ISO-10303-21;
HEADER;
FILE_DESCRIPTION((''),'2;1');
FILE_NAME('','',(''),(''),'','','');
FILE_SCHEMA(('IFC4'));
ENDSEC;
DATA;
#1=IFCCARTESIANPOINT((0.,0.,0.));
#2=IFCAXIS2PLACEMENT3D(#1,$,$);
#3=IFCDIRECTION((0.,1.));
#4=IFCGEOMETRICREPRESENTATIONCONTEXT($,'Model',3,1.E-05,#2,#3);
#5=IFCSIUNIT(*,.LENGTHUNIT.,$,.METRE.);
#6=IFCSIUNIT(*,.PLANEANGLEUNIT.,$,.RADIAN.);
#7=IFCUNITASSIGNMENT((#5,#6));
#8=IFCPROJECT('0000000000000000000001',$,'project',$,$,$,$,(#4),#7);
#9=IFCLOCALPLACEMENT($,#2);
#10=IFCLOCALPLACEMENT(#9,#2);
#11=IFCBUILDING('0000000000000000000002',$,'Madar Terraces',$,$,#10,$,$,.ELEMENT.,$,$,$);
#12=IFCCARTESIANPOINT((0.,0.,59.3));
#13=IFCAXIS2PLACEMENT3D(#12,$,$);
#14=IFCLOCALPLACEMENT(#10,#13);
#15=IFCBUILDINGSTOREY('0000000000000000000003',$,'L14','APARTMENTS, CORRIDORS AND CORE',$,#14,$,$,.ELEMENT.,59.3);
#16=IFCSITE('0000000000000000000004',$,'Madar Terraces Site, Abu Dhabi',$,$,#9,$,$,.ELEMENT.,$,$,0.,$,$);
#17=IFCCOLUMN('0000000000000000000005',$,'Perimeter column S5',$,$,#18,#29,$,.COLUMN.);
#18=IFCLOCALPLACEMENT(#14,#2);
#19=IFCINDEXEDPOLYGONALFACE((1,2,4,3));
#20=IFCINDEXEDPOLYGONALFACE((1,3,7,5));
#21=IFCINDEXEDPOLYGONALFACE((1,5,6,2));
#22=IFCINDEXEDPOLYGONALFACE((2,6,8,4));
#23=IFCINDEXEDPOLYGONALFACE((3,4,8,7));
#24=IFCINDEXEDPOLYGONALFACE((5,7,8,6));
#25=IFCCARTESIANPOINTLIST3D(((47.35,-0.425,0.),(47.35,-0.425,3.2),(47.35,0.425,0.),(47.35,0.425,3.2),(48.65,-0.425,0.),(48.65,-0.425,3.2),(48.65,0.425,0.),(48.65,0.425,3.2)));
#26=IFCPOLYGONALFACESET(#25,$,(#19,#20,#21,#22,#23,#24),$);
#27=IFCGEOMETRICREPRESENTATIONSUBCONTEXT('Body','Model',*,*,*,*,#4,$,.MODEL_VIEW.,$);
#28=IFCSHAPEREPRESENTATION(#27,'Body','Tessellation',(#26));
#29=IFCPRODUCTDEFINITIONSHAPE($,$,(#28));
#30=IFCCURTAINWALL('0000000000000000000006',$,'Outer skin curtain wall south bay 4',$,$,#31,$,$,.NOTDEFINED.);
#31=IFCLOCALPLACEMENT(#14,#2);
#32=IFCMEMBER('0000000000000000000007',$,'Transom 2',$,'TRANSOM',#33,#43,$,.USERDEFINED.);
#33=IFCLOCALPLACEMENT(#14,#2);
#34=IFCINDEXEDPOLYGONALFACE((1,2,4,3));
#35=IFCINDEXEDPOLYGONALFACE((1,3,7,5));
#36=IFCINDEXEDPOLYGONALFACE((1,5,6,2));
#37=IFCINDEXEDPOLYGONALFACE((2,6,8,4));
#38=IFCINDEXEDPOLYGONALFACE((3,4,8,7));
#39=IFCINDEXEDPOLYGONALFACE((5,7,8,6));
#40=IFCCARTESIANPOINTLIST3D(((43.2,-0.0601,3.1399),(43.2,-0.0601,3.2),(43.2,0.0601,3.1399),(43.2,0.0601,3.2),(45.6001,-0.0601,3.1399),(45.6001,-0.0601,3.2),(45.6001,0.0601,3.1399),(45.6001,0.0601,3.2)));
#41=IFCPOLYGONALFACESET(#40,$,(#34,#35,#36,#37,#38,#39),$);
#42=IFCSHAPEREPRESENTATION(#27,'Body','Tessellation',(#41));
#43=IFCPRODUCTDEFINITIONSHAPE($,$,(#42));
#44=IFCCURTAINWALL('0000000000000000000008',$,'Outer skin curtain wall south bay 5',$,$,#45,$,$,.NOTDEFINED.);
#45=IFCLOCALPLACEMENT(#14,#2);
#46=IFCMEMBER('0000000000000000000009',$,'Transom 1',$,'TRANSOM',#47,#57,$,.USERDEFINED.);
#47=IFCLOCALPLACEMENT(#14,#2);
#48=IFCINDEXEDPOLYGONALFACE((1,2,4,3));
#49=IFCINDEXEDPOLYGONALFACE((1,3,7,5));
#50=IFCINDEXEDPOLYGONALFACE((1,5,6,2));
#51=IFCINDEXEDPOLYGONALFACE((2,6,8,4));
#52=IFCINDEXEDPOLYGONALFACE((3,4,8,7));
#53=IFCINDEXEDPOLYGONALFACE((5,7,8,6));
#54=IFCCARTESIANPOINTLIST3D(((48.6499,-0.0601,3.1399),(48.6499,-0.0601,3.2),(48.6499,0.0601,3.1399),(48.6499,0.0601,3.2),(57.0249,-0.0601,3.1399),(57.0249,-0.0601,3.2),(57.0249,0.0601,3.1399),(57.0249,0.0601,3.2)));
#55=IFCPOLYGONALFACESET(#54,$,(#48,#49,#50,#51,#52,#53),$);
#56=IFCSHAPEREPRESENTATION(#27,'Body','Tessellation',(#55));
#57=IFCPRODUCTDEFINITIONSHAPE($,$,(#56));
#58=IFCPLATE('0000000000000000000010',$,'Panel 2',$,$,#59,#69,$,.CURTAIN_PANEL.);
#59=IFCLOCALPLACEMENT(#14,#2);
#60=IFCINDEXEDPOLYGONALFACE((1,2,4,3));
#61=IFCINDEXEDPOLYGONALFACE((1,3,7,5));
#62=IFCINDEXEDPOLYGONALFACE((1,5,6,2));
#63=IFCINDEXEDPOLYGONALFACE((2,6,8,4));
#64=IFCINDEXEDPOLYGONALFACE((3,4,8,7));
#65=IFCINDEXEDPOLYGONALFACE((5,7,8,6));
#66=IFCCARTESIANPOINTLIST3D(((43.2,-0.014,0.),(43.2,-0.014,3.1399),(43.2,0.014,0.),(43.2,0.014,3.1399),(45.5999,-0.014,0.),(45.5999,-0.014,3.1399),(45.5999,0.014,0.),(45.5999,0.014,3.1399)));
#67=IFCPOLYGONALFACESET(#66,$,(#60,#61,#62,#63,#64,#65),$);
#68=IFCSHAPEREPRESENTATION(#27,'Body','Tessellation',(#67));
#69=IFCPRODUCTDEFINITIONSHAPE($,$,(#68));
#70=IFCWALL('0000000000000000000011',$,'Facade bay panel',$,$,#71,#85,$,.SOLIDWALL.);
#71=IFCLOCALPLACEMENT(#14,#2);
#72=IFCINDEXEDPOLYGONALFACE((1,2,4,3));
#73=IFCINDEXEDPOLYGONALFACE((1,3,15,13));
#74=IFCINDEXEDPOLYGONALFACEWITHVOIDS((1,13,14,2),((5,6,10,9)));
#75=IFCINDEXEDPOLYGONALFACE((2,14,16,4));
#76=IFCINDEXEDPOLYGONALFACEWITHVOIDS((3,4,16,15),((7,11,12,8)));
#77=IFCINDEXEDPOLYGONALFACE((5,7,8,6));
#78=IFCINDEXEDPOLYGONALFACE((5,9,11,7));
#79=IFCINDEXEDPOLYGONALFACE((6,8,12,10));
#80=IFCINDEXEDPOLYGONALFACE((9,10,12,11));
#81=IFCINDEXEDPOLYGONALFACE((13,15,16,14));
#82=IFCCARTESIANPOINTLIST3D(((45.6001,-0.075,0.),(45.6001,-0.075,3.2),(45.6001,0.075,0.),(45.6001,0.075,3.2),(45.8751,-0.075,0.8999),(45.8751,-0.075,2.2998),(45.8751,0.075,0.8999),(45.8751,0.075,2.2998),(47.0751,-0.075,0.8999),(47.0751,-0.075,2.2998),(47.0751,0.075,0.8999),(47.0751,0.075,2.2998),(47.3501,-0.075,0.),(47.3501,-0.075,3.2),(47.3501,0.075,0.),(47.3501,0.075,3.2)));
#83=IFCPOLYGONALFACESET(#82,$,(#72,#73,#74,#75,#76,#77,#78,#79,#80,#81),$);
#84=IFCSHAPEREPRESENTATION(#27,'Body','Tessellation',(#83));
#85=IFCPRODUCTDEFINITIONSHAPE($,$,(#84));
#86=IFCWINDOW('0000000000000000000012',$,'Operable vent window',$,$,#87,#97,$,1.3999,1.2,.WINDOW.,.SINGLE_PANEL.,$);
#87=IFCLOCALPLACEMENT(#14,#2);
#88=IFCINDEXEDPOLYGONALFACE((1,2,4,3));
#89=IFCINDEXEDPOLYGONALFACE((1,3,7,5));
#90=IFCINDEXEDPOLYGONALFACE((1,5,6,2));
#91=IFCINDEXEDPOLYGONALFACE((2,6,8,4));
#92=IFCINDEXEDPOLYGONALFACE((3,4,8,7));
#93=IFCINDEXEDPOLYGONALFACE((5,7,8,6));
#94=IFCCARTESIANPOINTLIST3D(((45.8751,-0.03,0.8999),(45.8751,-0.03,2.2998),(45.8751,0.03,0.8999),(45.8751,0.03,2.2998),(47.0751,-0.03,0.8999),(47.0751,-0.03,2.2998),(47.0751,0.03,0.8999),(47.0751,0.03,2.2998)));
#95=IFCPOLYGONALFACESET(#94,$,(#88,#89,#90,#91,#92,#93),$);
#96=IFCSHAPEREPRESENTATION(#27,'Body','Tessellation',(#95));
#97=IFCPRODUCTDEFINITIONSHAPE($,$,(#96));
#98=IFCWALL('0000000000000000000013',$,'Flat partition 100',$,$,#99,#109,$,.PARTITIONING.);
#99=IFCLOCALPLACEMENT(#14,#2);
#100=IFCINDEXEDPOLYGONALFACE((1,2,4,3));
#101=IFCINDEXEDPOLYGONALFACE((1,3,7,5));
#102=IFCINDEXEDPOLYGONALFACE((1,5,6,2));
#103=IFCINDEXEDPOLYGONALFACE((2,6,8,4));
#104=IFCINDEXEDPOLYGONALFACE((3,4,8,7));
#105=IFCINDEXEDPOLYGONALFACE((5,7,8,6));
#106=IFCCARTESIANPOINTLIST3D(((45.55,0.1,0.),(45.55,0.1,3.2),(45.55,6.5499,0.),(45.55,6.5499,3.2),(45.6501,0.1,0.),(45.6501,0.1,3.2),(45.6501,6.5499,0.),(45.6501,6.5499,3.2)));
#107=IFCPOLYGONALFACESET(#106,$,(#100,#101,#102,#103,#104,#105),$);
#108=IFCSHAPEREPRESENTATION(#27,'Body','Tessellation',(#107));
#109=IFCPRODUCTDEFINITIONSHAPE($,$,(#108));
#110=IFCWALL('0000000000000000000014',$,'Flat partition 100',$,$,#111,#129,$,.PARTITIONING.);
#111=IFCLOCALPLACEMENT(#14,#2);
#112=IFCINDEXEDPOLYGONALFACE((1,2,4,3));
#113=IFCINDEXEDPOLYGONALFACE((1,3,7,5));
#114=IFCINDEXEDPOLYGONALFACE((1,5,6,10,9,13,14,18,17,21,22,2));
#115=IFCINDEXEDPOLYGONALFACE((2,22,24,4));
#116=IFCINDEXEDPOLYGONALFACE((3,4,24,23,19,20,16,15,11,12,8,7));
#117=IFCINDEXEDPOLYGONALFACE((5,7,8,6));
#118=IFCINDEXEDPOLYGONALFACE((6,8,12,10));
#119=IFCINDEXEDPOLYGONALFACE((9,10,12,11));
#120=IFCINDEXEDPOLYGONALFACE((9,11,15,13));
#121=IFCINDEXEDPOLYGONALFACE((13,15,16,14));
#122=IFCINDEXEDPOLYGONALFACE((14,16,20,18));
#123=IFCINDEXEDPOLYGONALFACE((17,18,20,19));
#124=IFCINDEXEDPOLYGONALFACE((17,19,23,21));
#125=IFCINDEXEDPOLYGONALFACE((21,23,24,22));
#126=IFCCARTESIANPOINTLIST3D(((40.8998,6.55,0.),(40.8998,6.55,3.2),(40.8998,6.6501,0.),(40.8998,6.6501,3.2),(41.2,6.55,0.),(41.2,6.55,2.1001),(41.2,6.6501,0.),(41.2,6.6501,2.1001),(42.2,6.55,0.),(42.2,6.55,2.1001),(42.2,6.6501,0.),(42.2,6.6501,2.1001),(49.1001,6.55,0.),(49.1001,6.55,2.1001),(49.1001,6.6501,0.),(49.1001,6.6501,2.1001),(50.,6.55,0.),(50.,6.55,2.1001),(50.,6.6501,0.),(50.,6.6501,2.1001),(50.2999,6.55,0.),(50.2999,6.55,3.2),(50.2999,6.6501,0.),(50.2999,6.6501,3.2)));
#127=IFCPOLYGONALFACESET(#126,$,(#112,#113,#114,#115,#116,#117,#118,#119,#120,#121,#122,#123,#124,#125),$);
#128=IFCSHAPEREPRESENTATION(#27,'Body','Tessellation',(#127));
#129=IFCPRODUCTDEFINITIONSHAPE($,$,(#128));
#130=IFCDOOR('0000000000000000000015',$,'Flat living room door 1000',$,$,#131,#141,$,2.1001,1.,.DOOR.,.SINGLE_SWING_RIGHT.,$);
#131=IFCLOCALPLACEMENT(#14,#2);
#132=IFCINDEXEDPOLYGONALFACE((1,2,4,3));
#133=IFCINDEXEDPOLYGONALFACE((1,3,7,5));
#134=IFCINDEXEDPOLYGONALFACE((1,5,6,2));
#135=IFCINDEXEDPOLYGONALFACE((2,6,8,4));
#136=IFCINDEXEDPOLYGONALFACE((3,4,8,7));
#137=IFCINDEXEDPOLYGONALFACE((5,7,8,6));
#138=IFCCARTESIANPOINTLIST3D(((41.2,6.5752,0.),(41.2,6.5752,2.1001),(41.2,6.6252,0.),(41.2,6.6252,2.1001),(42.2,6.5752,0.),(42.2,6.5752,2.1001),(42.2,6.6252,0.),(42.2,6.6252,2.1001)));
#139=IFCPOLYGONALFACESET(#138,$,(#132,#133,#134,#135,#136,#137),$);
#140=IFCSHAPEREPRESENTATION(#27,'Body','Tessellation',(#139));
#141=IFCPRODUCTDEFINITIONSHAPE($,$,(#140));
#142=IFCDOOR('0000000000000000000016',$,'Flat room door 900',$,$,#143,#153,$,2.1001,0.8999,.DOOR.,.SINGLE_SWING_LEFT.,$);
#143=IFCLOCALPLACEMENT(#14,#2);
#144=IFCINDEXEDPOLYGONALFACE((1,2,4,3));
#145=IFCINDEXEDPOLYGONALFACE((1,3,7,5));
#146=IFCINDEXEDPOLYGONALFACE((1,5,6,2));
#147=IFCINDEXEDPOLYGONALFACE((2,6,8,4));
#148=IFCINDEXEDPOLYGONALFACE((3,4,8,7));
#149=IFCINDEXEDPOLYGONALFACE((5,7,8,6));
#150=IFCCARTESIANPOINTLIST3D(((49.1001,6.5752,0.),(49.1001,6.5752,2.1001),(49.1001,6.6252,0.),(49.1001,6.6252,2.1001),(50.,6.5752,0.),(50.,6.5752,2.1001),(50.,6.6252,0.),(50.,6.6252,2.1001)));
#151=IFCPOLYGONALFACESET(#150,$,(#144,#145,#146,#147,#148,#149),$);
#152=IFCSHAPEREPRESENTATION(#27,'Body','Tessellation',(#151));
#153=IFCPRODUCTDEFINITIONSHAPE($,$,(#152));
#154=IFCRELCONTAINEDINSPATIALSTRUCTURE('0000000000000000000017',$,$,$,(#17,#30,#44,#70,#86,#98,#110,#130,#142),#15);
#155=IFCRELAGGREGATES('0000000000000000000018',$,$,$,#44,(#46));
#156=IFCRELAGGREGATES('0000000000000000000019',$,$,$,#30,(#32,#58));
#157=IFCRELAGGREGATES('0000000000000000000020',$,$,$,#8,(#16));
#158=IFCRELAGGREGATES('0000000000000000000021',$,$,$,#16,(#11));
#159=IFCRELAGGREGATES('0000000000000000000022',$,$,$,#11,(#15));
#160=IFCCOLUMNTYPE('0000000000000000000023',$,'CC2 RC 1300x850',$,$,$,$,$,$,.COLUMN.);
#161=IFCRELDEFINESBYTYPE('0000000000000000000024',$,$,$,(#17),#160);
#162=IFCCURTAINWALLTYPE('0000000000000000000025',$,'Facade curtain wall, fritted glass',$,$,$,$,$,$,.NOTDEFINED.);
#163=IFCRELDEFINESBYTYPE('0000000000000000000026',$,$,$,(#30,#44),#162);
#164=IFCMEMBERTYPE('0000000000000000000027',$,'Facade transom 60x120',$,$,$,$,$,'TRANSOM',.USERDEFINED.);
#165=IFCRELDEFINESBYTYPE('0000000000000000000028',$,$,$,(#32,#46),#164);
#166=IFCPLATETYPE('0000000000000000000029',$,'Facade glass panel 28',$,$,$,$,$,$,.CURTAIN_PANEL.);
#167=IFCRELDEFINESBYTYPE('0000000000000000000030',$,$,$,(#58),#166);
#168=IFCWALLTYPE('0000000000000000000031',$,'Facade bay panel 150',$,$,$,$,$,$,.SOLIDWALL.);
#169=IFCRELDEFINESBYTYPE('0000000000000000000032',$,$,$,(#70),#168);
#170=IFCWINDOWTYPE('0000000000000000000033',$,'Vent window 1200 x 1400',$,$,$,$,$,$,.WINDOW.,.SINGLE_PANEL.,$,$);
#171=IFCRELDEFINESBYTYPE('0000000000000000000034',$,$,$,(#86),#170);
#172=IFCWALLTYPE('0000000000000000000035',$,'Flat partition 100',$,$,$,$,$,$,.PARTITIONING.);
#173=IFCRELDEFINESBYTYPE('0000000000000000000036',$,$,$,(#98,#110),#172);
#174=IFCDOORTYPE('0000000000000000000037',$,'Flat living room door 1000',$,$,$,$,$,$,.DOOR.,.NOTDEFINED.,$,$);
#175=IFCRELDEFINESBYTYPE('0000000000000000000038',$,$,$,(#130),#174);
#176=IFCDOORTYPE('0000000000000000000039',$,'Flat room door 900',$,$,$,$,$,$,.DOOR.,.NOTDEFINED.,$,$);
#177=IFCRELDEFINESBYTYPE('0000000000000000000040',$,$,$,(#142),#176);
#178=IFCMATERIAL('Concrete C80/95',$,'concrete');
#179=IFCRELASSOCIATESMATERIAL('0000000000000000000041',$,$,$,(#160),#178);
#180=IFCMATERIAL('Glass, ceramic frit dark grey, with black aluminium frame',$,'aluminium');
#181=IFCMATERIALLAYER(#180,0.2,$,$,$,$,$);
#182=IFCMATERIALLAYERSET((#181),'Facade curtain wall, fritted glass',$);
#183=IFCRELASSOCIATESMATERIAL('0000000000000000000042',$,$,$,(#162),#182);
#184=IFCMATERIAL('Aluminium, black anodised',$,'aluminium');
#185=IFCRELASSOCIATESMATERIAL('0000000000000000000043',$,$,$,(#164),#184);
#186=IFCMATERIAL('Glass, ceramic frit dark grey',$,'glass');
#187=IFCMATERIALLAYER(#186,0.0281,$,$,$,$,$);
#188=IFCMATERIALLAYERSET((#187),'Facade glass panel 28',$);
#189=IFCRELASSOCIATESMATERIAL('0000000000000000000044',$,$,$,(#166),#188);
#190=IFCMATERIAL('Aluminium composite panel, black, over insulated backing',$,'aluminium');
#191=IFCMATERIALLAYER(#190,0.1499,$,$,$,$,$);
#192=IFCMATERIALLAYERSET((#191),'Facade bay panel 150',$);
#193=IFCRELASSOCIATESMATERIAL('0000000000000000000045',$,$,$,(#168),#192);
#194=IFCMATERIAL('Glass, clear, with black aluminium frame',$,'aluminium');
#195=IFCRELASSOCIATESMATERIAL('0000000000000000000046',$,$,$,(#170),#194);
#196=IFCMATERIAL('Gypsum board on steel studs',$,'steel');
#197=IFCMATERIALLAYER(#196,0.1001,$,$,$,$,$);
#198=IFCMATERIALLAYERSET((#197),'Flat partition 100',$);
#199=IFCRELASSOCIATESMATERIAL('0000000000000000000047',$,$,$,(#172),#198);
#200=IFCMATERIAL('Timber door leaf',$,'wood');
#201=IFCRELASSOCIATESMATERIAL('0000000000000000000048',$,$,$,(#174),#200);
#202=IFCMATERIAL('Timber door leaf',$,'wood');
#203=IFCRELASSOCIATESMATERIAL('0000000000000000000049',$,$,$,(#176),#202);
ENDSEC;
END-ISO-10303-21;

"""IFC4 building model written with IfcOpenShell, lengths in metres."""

from ifc_helpers import new_model, si_unit, direction, frame, frame_2d, origin, origin_2d, place, context, subcontext, project, spatial, rectangle, extrude, material, layer, layer_set, material_profile, profile_set, type_object, element, fill, aggregate, save


model = new_model("IFC4")

# Units and contexts
model_context = context("Model", 3, precision=1e-05, world=origin(), true_north=direction((0.0, 1.0)))
body_context = subcontext(model_context, "Body", "Model", "MODEL_VIEW")
ifc_project = project(units=[si_unit("LENGTHUNIT", "METRE"), si_unit("PLANEANGLEUNIT", "RADIAN")], contexts=[model_context])

# Site, building, storey
site_placement = place(None, origin())
site = spatial("IfcSite", under=ifc_project, at=site_placement, Name="Madar Terraces Site, Abu Dhabi", CompositionType="ELEMENT", RefElevation=0.0)
building_placement = place(site_placement, origin())
building = spatial("IfcBuilding", under=site, at=building_placement, Name="Madar Terraces", CompositionType="ELEMENT")
storey_placement = place(building_placement, frame((0.0, 0.0, 59.3)))
storey = spatial("IfcBuildingStorey", under=building, at=storey_placement, Name="L14", Description="APARTMENTS, CORRIDORS AND CORE", CompositionType="ELEMENT", Elevation=59.3)

# Column
ifc_material_1 = material(Name="Concrete C80/95", Category="concrete")
ifc_material_profile_1 = material_profile(ifc_material_1, rectangle(XDim=1.3, YDim=0.8501, at=origin_2d()), Name="CC2 RC 1300x850")
ifc_profile_set_1 = profile_set([ifc_material_profile_1], Name="Concrete C80/95")
column_type = type_object("IfcColumnType", Name="CC2 RC 1300x850", PredefinedType="COLUMN", material=ifc_profile_set_1)
column_placement = place(storey_placement, frame((48.0, 0.0, 0.0), z_axis=(0.0, 0.0, 1.0), x_axis=(1.0, 0.0, 0.0)))
element("IfcColumn", 1, at=column_placement, inside=storey, type_object=column_type, Name="Perimeter column S5", PredefinedType="COLUMN", context=body_context, shape_type="SweptSolid", body=[
    extrude(rectangle(XDim=1.3, YDim=0.8501, at=origin_2d()), origin(), (0.0, 0.0, 1.0), 3.2),
])

# Curtain walls, members
ifc_material_2 = material(Name="Glass, ceramic frit dark grey, with black aluminium frame", Category="aluminium")
ifc_layer_1 = layer(ifc_material_2, 0.2)
ifc_layer_set_1 = layer_set([ifc_layer_1], Name="Facade curtain wall, fritted glass")
curtain_wall_type = type_object("IfcCurtainWallType", Name="Facade curtain wall, fritted glass", PredefinedType="NOTDEFINED", material=ifc_layer_set_1)
curtain_wall_1_placement = place(storey_placement, origin())
curtain_wall_1 = element("IfcCurtainWall", 2, at=curtain_wall_1_placement, inside=storey, type_object=curtain_wall_type, Name="Outer skin curtain wall south bay 4", PredefinedType="NOTDEFINED")
ifc_material_3 = material(Name="Aluminium, black anodised", Category="aluminium")
ifc_material_profile_2 = material_profile(ifc_material_3, rectangle(XDim=0.1201, YDim=0.0601, at=origin_2d()), Name="Facade transom 60x120")
ifc_profile_set_2 = profile_set([ifc_material_profile_2], Name="Aluminium, black anodised")
member_type = type_object("IfcMemberType", Name="Facade transom 60x120", ElementType="TRANSOM", PredefinedType="USERDEFINED", material=ifc_profile_set_2)
member_1_placement = place(storey_placement, frame((43.2, 0.0, 3.1699), z_axis=(1.0, 0.0, 0.0), x_axis=(0.0, 1.0, 0.0)))
member_1 = element("IfcMember", 3, at=member_1_placement, type_object=member_type, Name="Transom 2", ObjectType="TRANSOM", PredefinedType="USERDEFINED", context=body_context, shape_type="SweptSolid", body=[
    extrude(rectangle(XDim=0.1201, YDim=0.0601, at=origin_2d()), origin(), (0.0, 0.0, 1.0), 2.4001),
])
curtain_wall_2_placement = place(storey_placement, origin())
curtain_wall_2 = element("IfcCurtainWall", 4, at=curtain_wall_2_placement, inside=storey, type_object=curtain_wall_type, Name="Outer skin curtain wall south bay 5", PredefinedType="NOTDEFINED")
member_2_placement = place(storey_placement, frame((48.6499, 0.0, 3.1699), z_axis=(1.0, 0.0, 0.0), x_axis=(0.0, 1.0, 0.0)))
member_2 = element("IfcMember", 5, at=member_2_placement, type_object=member_type, Name="Transom 1", ObjectType="TRANSOM", PredefinedType="USERDEFINED", context=body_context, shape_type="SweptSolid", body=[
    extrude(rectangle(XDim=0.1201, YDim=0.0601, at=origin_2d()), origin(), (0.0, 0.0, 1.0), 8.375),
])
aggregate(curtain_wall_2, [member_2])

# Plate
ifc_material_4 = material(Name="Glass, ceramic frit dark grey", Category="glass")
ifc_layer_2 = layer(ifc_material_4, 0.0281)
ifc_layer_set_2 = layer_set([ifc_layer_2], Name="Facade glass panel 28")
plate_type = type_object("IfcPlateType", Name="Facade glass panel 28", PredefinedType="CURTAIN_PANEL", material=ifc_layer_set_2)
plate_placement = place(storey_placement, frame((44.3999, 0.0, 0.0), z_axis=(0.0, 0.0, 1.0), x_axis=(1.0, 0.0, 0.0)))
plate = element("IfcPlate", 6, at=plate_placement, type_object=plate_type, Name="Panel 2", PredefinedType="CURTAIN_PANEL", context=body_context, shape_type="SweptSolid", body=[
    extrude(rectangle(XDim=2.3999, YDim=0.0281, at=origin_2d()), origin(), (0.0, 0.0, 1.0), 3.1399),
])
aggregate(curtain_wall_1, [member_1, plate])

# Wall, opening, window
ifc_material_5 = material(Name="Aluminium composite panel, black, over insulated backing", Category="aluminium")
ifc_layer_3 = layer(ifc_material_5, 0.1499)
ifc_layer_set_3 = layer_set([ifc_layer_3], Name="Facade bay panel 150")
wall_type_1 = type_object("IfcWallType", Name="Facade bay panel 150", PredefinedType="SOLIDWALL", material=ifc_layer_set_3)
wall_1_placement = place(storey_placement, frame((45.6001, 0.0, 0.0), z_axis=(0.0, 0.0, 1.0), x_axis=(1.0, 0.0, 0.0)))
wall_1 = element("IfcWall", 7, at=wall_1_placement, inside=storey, type_object=wall_type_1, Name="Facade bay panel", PredefinedType="SOLIDWALL", context=body_context, shape_type="SweptSolid", body=[
    extrude(rectangle(XDim=1.75, YDim=0.1499, at=frame_2d((0.875, 0.0))), origin(), (0.0, 0.0, 1.0), 3.2),
])
opening_1_placement = place(wall_1_placement, frame((0.2749, 0.0, 0.8999)))
opening_1 = element("IfcOpeningElement", 8, at=opening_1_placement, cuts=wall_1, PredefinedType="OPENING", context=body_context, shape_type="SweptSolid", body=[
    extrude(rectangle(XDim=1.2, YDim=1.3999, at=frame_2d((0.6001, 0.7))), frame((0.0, 0.085, 0.0), z_axis=(0.0, -1.0, 0.0), x_axis=(1.0, 0.0, 0.0)), (0.0, 0.0, 1.0), 0.1699),
])
ifc_material_6 = material(Name="Glass, clear, with black aluminium frame", Category="aluminium")
window_type = type_object("IfcWindowType", Name="Vent window 1200 x 1400", PartitioningType="SINGLE_PANEL", PredefinedType="WINDOW", material=ifc_material_6)
window_placement = place(opening_1_placement, origin())
window = element("IfcWindow", 9, at=window_placement, inside=storey, type_object=window_type, Name="Operable vent window", OverallHeight=1.3999, OverallWidth=1.2, PartitioningType="SINGLE_PANEL", PredefinedType="WINDOW", context=body_context, shape_type="SweptSolid", body=[
    extrude(rectangle(XDim=1.2, YDim=1.3999, at=frame_2d((0.6001, 0.7))), frame((0.0, 0.03, 0.0), z_axis=(0.0, -1.0, 0.0), x_axis=(1.0, 0.0, 0.0)), (0.0, 0.0, 1.0), 0.0601),
])
fill(opening_1, window)

# Wall
ifc_material_7 = material(Name="Gypsum board on steel studs", Category="steel")
ifc_layer_4 = layer(ifc_material_7, 0.1001)
ifc_layer_set_4 = layer_set([ifc_layer_4], Name="Flat partition 100")
wall_type_2 = type_object("IfcWallType", Name="Flat partition 100", PredefinedType="PARTITIONING", material=ifc_layer_set_4)
wall_2_placement = place(storey_placement, frame((45.6001, 6.55, 0.0), z_axis=(0.0, 0.0, 1.0), x_axis=(0.0, -1.0, 0.0)))
element("IfcWall", 10, at=wall_2_placement, inside=storey, type_object=wall_type_2, Name="Flat partition 100", PredefinedType="PARTITIONING", context=body_context, shape_type="SweptSolid", body=[
    extrude(rectangle(XDim=6.45, YDim=0.1001, at=frame_2d((3.2251, 0.0))), origin(), (0.0, 0.0, 1.0), 3.2),
])

# Wall, openings, doors
wall_3_placement = place(storey_placement, frame((50.3, 6.6001, 0.0), z_axis=(0.0, 0.0, 1.0), x_axis=(-1.0, 0.0, 0.0)))
wall_3 = element("IfcWall", 11, at=wall_3_placement, inside=storey, type_object=wall_type_2, Name="Flat partition 100", PredefinedType="PARTITIONING", context=body_context, shape_type="SweptSolid", body=[
    extrude(rectangle(XDim=9.4001, YDim=0.1001, at=frame_2d((4.7002, 0.0))), origin(), (0.0, 0.0, 1.0), 3.2),
])
opening_2_placement = place(wall_3_placement, frame((0.3, 0.0, 0.0)))
opening_2 = element("IfcOpeningElement", 12, at=opening_2_placement, cuts=wall_3, PredefinedType="OPENING", context=body_context, shape_type="SweptSolid", body=[
    extrude(rectangle(XDim=0.8999, YDim=2.1001, at=frame_2d((0.45, 1.05))), frame((0.0, 0.0601, 0.0), z_axis=(0.0, -1.0, 0.0), x_axis=(1.0, 0.0, 0.0)), (0.0, 0.0, 1.0), 0.1201),
])
opening_3_placement = place(wall_3_placement, frame((8.1001, 0.0, 0.0)))
opening_3 = element("IfcOpeningElement", 13, at=opening_3_placement, cuts=wall_3, PredefinedType="OPENING", context=body_context, shape_type="SweptSolid", body=[
    extrude(rectangle(XDim=1.0, YDim=2.1001, at=frame_2d((0.5, 1.05))), frame((0.0, 0.0601, 0.0), z_axis=(0.0, -1.0, 0.0), x_axis=(1.0, 0.0, 0.0)), (0.0, 0.0, 1.0), 0.1201),
])
ifc_material_8 = material(Name="Timber door leaf", Category="wood")
door_type_1 = type_object("IfcDoorType", Name="Flat living room door 1000", OperationType="NOTDEFINED", PredefinedType="DOOR", material=ifc_material_8)
door_1_placement = place(opening_3_placement, origin())
door_1 = element("IfcDoor", 14, at=door_1_placement, inside=storey, type_object=door_type_1, Name="Flat living room door 1000", OperationType="SINGLE_SWING_RIGHT", OverallHeight=2.1001, OverallWidth=1.0, PredefinedType="DOOR", context=body_context, shape_type="SweptSolid", body=[
    extrude(rectangle(XDim=1.0, YDim=2.1001, at=frame_2d((0.5, 1.05))), frame((0.0, 0.0249, 0.0), z_axis=(0.0, -1.0, 0.0), x_axis=(1.0, 0.0, 0.0)), (0.0, 0.0, 1.0), 0.05),
])
fill(opening_3, door_1)
ifc_material_9 = material(Name="Timber door leaf", Category="wood")
door_type_2 = type_object("IfcDoorType", Name="Flat room door 900", OperationType="NOTDEFINED", PredefinedType="DOOR", material=ifc_material_9)
door_2_placement = place(opening_2_placement, origin())
door_2 = element("IfcDoor", 15, at=door_2_placement, inside=storey, type_object=door_type_2, Name="Flat room door 900", OperationType="SINGLE_SWING_LEFT", OverallHeight=2.1001, OverallWidth=0.8999, PredefinedType="DOOR", context=body_context, shape_type="SweptSolid", body=[
    extrude(rectangle(XDim=0.8999, YDim=2.1001, at=frame_2d((0.45, 1.05))), frame((0.0, 0.0249, 0.0), z_axis=(0.0, -1.0, 0.0), x_axis=(1.0, 0.0, 0.0)), (0.0, 0.0, 1.0), 0.05),
])
fill(opening_2, door_2)

save(model, "model.ifc")
